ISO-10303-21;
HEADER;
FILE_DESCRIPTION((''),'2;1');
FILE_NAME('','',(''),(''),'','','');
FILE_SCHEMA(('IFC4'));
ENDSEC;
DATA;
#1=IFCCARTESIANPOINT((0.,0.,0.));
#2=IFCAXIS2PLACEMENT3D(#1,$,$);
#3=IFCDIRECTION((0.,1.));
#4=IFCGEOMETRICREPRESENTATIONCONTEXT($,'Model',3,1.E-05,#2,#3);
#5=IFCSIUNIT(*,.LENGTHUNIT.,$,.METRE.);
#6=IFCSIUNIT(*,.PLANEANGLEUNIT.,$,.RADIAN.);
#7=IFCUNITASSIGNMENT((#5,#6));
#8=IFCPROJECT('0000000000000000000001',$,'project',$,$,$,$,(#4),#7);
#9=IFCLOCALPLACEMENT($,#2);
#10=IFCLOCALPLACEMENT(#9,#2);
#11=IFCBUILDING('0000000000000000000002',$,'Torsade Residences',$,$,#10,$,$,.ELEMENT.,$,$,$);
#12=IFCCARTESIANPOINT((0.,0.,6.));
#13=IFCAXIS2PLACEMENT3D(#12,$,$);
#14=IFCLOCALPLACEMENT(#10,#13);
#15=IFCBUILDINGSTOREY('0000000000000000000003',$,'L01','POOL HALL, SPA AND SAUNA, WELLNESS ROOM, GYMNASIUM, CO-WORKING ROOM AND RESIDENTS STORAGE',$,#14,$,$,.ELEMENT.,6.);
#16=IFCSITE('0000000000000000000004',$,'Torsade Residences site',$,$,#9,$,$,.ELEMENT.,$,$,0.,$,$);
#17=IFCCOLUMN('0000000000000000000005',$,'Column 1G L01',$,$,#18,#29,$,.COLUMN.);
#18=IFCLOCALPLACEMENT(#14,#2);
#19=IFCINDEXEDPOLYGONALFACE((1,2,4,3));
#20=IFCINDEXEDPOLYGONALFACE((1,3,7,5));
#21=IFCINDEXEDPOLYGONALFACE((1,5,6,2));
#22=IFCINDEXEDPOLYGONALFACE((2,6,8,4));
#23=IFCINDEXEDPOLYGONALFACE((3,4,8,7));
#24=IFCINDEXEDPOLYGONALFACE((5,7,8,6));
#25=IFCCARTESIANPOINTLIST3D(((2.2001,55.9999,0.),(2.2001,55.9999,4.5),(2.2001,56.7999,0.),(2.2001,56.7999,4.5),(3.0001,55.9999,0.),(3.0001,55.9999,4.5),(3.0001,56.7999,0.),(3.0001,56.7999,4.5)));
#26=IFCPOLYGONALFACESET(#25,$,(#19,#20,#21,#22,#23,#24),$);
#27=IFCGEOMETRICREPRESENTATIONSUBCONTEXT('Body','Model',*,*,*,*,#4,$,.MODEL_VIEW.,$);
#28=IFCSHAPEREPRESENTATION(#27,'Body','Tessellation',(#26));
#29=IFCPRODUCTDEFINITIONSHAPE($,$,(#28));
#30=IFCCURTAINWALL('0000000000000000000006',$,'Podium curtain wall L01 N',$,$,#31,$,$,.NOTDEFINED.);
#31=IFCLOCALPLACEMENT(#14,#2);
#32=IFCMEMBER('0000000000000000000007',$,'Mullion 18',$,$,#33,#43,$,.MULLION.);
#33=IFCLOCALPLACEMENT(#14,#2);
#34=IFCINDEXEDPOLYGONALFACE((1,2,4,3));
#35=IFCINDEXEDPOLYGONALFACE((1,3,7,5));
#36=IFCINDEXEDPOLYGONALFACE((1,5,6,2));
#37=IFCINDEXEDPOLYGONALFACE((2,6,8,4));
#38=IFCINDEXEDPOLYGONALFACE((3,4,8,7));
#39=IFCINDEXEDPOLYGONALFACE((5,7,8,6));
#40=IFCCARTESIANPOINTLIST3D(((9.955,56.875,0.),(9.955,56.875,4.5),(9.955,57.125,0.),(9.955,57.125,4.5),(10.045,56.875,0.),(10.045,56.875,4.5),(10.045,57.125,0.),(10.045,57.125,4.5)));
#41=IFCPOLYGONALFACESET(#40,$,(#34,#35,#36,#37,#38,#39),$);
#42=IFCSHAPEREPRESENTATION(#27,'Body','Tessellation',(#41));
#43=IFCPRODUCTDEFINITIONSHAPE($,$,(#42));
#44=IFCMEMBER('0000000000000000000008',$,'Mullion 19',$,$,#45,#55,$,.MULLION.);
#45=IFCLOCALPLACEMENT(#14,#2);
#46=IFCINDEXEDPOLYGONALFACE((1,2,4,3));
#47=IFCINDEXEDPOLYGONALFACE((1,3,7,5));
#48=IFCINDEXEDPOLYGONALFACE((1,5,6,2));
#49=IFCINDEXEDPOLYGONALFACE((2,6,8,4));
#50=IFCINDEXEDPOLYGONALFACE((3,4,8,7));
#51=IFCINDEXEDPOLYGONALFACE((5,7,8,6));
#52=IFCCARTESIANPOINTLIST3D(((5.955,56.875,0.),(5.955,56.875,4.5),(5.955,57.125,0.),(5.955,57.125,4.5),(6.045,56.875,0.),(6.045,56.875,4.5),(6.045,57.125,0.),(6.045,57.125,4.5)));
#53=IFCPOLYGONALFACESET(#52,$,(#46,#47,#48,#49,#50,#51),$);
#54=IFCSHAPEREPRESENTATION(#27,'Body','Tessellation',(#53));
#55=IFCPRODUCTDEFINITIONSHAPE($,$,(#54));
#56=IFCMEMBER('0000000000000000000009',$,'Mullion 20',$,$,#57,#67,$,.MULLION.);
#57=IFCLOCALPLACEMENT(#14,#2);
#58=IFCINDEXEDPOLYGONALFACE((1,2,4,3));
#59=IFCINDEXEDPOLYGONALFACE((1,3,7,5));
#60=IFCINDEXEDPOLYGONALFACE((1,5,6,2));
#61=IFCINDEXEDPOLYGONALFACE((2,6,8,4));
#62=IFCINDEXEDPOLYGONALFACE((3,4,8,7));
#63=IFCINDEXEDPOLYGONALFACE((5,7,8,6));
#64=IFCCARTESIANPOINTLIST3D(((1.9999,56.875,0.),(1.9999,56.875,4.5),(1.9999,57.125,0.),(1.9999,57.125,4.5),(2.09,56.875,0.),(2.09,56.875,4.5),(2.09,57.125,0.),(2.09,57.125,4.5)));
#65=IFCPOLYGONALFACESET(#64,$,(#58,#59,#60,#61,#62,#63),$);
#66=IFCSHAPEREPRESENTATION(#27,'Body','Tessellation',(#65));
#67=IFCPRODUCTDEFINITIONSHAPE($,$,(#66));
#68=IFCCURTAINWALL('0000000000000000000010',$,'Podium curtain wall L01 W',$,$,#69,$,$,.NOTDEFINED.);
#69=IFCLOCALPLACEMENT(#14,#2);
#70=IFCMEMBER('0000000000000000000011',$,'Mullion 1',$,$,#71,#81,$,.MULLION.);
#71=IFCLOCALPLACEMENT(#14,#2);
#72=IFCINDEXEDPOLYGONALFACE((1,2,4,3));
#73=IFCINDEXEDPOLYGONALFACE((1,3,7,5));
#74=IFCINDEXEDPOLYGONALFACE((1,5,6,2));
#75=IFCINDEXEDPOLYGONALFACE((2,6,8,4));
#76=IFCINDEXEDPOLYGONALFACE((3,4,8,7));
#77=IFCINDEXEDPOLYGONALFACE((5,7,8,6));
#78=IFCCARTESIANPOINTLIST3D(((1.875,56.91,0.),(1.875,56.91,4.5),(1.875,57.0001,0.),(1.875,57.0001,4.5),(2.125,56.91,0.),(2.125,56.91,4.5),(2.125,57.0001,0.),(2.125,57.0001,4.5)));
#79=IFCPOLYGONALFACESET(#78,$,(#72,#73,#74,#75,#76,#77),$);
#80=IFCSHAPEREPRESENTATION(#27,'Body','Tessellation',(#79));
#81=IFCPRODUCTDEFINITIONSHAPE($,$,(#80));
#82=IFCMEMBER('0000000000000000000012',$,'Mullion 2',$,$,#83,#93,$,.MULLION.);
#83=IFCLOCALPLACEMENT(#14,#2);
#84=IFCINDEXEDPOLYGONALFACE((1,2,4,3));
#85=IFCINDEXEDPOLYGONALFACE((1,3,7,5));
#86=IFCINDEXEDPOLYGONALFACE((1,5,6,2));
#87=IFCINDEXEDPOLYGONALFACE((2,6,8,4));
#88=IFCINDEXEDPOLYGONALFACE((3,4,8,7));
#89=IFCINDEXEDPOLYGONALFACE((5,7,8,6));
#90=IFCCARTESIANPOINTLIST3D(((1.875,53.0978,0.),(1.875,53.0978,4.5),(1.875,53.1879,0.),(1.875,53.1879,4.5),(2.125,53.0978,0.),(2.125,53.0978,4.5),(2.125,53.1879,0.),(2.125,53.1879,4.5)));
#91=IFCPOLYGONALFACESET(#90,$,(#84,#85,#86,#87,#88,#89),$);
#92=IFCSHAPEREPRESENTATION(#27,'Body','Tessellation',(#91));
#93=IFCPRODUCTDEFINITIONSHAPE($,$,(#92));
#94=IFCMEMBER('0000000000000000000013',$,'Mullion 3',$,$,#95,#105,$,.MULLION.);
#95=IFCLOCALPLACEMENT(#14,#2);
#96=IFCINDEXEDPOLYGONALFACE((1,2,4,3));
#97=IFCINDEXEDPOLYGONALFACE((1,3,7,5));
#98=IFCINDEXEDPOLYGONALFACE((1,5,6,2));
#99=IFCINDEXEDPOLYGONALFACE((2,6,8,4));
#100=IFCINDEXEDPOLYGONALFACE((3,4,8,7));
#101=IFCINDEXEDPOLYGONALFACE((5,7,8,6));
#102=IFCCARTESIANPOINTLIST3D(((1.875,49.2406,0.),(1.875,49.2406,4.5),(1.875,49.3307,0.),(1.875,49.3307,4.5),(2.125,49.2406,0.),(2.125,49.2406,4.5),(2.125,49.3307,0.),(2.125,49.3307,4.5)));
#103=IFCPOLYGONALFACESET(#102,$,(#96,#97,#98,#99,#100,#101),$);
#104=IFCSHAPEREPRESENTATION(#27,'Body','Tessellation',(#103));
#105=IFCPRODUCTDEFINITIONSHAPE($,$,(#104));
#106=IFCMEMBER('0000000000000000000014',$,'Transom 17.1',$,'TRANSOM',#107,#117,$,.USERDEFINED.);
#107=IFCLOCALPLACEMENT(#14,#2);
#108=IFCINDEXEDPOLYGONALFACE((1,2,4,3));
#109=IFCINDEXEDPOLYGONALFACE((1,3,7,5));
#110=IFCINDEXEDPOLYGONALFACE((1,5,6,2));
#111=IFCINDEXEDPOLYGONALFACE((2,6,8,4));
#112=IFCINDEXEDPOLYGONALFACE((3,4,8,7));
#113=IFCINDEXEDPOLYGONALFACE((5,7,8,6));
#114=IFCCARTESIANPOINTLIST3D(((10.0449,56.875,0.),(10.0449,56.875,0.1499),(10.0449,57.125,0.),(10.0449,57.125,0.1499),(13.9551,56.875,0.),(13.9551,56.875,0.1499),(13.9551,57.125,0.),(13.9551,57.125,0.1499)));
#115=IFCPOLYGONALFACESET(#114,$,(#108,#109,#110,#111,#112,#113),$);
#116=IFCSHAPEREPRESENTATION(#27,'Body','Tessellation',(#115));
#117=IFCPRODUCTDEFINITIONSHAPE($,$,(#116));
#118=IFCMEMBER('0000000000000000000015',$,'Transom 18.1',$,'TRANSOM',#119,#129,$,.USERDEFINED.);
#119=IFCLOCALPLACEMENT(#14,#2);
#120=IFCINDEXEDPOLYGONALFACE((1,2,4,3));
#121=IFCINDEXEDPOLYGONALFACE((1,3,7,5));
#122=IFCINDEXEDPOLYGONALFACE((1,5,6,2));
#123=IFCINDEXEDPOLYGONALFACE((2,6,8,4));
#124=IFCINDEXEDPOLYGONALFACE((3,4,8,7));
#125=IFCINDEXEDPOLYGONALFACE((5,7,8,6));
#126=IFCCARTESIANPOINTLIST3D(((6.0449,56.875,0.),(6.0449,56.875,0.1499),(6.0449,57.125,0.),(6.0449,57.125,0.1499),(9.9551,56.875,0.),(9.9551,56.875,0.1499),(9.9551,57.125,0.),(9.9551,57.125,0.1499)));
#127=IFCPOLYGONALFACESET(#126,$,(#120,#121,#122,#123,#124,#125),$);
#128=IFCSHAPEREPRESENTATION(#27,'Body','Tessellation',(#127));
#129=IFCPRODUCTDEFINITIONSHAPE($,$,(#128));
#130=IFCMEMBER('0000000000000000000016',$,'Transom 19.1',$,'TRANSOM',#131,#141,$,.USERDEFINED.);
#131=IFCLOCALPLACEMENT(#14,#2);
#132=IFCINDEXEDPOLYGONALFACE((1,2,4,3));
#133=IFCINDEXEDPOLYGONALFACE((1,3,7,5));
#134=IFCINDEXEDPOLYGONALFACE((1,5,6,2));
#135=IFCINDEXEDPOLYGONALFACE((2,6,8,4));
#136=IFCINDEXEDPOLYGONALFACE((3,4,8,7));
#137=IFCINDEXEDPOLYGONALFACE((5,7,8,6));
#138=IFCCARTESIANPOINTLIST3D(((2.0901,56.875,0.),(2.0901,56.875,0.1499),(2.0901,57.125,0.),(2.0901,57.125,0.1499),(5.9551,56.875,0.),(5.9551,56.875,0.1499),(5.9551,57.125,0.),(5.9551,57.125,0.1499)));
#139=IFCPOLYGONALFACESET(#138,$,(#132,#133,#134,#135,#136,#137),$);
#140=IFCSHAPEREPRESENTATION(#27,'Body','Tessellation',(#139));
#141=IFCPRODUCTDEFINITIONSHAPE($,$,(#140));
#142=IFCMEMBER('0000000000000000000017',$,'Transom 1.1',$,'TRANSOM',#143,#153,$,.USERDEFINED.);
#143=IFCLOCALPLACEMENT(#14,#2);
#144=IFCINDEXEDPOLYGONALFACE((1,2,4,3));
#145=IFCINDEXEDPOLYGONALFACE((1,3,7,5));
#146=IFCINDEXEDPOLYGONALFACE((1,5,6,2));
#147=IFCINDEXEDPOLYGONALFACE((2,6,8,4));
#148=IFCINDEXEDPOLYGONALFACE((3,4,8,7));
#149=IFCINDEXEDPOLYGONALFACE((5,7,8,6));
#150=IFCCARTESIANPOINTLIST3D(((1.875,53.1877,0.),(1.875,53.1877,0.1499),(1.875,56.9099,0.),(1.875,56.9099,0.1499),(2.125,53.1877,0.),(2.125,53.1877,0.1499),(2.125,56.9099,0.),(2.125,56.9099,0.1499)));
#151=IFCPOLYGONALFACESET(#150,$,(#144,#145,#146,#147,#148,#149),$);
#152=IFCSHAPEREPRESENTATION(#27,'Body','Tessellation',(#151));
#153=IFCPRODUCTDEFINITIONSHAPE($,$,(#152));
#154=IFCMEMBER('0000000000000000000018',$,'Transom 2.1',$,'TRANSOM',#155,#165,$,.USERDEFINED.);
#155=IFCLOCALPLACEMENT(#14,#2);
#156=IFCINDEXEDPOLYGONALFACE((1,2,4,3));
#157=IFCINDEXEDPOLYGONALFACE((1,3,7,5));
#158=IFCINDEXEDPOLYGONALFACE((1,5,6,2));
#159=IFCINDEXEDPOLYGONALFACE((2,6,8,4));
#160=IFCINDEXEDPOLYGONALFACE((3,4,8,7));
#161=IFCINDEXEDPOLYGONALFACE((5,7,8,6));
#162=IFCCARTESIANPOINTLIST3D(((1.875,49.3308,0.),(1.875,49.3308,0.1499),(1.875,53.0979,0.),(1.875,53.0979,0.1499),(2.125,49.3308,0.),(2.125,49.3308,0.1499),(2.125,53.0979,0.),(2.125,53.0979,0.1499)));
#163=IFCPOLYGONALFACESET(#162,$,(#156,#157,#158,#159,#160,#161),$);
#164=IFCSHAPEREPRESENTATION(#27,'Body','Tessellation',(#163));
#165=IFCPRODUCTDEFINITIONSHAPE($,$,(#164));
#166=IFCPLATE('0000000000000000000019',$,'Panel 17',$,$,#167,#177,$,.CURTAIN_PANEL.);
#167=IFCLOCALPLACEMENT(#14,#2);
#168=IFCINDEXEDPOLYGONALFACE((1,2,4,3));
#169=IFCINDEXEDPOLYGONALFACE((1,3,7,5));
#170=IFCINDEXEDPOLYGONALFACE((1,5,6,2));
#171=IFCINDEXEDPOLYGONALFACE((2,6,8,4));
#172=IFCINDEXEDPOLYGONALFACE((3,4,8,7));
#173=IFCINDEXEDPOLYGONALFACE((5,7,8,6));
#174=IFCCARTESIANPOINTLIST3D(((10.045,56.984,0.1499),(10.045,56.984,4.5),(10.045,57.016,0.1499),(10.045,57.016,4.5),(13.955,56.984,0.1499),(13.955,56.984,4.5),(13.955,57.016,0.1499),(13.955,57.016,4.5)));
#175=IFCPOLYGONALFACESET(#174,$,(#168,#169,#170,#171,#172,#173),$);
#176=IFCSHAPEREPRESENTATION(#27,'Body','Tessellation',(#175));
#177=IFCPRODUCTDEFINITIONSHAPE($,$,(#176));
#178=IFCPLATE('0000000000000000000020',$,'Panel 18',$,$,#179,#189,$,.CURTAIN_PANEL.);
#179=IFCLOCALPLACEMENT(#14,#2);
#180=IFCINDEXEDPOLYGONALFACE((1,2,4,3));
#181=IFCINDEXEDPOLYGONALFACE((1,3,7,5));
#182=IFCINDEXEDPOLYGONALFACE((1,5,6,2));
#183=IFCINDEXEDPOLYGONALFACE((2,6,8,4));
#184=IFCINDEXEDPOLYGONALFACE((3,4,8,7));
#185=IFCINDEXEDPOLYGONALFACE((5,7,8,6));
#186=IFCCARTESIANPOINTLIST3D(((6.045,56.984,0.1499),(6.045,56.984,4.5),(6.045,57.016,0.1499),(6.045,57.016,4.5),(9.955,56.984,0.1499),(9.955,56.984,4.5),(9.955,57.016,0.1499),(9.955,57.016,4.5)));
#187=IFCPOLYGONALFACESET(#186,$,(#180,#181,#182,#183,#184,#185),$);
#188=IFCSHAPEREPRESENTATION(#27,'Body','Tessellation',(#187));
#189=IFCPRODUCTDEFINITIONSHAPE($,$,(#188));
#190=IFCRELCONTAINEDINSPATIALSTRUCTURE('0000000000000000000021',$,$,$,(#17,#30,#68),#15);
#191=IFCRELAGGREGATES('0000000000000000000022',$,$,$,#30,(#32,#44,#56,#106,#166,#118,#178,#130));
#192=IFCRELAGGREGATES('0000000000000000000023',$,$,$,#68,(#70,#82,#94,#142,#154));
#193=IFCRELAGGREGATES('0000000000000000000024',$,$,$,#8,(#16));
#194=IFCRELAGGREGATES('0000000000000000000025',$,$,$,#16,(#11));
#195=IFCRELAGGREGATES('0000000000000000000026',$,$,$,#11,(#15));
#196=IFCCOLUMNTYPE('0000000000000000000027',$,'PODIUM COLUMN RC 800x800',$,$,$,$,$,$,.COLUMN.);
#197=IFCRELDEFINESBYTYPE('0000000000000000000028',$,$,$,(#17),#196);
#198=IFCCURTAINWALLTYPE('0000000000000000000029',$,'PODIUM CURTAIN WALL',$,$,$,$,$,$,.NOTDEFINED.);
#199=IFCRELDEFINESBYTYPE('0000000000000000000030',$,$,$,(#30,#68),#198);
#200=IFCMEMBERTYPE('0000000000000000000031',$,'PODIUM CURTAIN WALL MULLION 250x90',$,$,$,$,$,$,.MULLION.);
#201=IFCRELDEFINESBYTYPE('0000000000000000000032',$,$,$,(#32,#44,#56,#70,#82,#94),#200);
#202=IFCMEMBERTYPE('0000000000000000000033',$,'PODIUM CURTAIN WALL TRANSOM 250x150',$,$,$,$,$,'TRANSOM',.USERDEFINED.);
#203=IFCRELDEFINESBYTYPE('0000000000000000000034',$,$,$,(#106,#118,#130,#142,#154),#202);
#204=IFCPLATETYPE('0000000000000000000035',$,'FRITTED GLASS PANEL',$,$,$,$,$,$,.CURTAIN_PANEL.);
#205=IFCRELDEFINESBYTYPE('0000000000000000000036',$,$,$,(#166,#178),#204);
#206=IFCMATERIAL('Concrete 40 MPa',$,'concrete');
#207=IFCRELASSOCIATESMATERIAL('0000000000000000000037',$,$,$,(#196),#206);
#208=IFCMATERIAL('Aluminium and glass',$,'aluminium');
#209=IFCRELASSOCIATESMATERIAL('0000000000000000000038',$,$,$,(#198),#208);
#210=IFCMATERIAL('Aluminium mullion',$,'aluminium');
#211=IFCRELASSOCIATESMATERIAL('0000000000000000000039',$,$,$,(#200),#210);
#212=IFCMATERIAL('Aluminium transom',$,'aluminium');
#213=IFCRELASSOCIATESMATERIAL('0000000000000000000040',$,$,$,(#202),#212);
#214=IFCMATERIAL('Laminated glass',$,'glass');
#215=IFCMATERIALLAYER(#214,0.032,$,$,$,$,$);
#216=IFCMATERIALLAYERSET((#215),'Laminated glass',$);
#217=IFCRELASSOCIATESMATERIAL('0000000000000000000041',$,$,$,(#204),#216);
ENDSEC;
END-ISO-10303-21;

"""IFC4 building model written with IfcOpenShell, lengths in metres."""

from ifc_helpers import new_model, si_unit, direction, frame, origin, origin_2d, place, context, subcontext, project, spatial, rectangle, extrude, material, layer, layer_set, material_profile, profile_set, type_object, element, aggregate, save


model = new_model("IFC4")

# Units and contexts
model_context = context("Model", 3, precision=1e-05, world=origin(), true_north=direction((0.0, 1.0)))
body_context = subcontext(model_context, "Body", "Model", "MODEL_VIEW")
ifc_project = project(units=[si_unit("LENGTHUNIT", "METRE"), si_unit("PLANEANGLEUNIT", "RADIAN")], contexts=[model_context])

# Site, building, storey
site_placement = place(None, origin())
site = spatial("IfcSite", under=ifc_project, at=site_placement, Name="Torsade Residences site", CompositionType="ELEMENT", RefElevation=0.0)
building_placement = place(site_placement, origin())
building = spatial("IfcBuilding", under=site, at=building_placement, Name="Torsade Residences", CompositionType="ELEMENT")
storey_placement = place(building_placement, frame((0.0, 0.0, 6.0)))
storey = spatial("IfcBuildingStorey", under=building, at=storey_placement, Name="L01", Description="POOL HALL, SPA AND SAUNA, WELLNESS ROOM, GYMNASIUM, CO-WORKING ROOM AND RESIDENTS STORAGE", CompositionType="ELEMENT", Elevation=6.0)

# Column
ifc_material_1 = material(Name="Concrete 40 MPa", Category="concrete")
ifc_material_profile_1 = material_profile(ifc_material_1, rectangle(XDim=0.8, YDim=0.8, at=origin_2d()), Name="RC 800x800")
ifc_profile_set_1 = profile_set([ifc_material_profile_1], Name="Concrete 40 MPa")
column_type = type_object("IfcColumnType", Name="PODIUM COLUMN RC 800x800", PredefinedType="COLUMN", material=ifc_profile_set_1)
column_placement = place(storey_placement, frame((2.6001, 56.3999, 0.0), z_axis=(0.0, 0.0, 1.0), x_axis=(1.0, 0.0, 0.0)))
element("IfcColumn", 1, at=column_placement, inside=storey, type_object=column_type, Name="Column 1G L01", PredefinedType="COLUMN", context=body_context, shape_type="SweptSolid", body=[
    extrude(rectangle(XDim=0.8, YDim=0.8, at=origin_2d()), origin(), (0.0, 0.0, 1.0), 4.5),
])

# Curtain walls, members
ifc_material_2 = material(Name="Aluminium and glass", Category="aluminium")
curtain_wall_type = type_object("IfcCurtainWallType", Name="PODIUM CURTAIN WALL", PredefinedType="NOTDEFINED", material=ifc_material_2)
curtain_wall_1_placement = place(storey_placement, origin())
curtain_wall_1 = element("IfcCurtainWall", 2, at=curtain_wall_1_placement, inside=storey, type_object=curtain_wall_type, Name="Podium curtain wall L01 N", PredefinedType="NOTDEFINED")
ifc_material_3 = material(Name="Aluminium mullion", Category="aluminium")
ifc_material_profile_2 = material_profile(ifc_material_3, rectangle(XDim=0.25, YDim=0.0901, at=origin_2d()), Name="PODIUM CURTAIN WALL MULLION 250x90")
ifc_profile_set_2 = profile_set([ifc_material_profile_2], Name="Aluminium mullion")
member_type_1 = type_object("IfcMemberType", Name="PODIUM CURTAIN WALL MULLION 250x90", PredefinedType="MULLION", material=ifc_profile_set_2)
member_1_placement = place(storey_placement, frame((10.0, 57.0, 0.0), z_axis=(0.0, 0.0, 1.0), x_axis=(0.0, -1.0, 0.0)))
member_1 = element("IfcMember", 3, at=member_1_placement, type_object=member_type_1, Name="Mullion 18", PredefinedType="MULLION", context=body_context, shape_type="SweptSolid", body=[
    extrude(rectangle(XDim=0.25, YDim=0.0901, at=origin_2d()), origin(), (0.0, 0.0, 1.0), 4.5),
])
member_2_placement = place(storey_placement, frame((6.0, 57.0, 0.0), z_axis=(0.0, 0.0, 1.0), x_axis=(0.0, -1.0, 0.0)))
member_2 = element("IfcMember", 4, at=member_2_placement, type_object=member_type_1, Name="Mullion 19", PredefinedType="MULLION", context=body_context, shape_type="SweptSolid", body=[
    extrude(rectangle(XDim=0.25, YDim=0.0901, at=origin_2d()), origin(), (0.0, 0.0, 1.0), 4.5),
])
member_3_placement = place(storey_placement, frame((2.0449, 57.0, 0.0), z_axis=(0.0, 0.0, 1.0), x_axis=(0.0, -1.0, 0.0)))
member_3 = element("IfcMember", 5, at=member_3_placement, type_object=member_type_1, Name="Mullion 20", PredefinedType="MULLION", context=body_context, shape_type="SweptSolid", body=[
    extrude(rectangle(XDim=0.25, YDim=0.0901, at=origin_2d()), origin(), (0.0, 0.0, 1.0), 4.5),
])
curtain_wall_2_placement = place(storey_placement, origin())
curtain_wall_2 = element("IfcCurtainWall", 6, at=curtain_wall_2_placement, inside=storey, type_object=curtain_wall_type, Name="Podium curtain wall L01 W", PredefinedType="NOTDEFINED")
member_4_placement = place(storey_placement, frame((2.0, 56.9551, 0.0), z_axis=(0.0, 0.0, 1.0), x_axis=(1.0, 0.0, 0.0)))
member_4 = element("IfcMember", 7, at=member_4_placement, type_object=member_type_1, Name="Mullion 1", PredefinedType="MULLION", context=body_context, shape_type="SweptSolid", body=[
    extrude(rectangle(XDim=0.25, YDim=0.0901, at=origin_2d()), origin(), (0.0, 0.0, 1.0), 4.5),
])
member_5_placement = place(storey_placement, frame((2.0, 53.1428, 0.0), z_axis=(0.0, 0.0, 1.0), x_axis=(1.0, 0.0, 0.0)))
member_5 = element("IfcMember", 8, at=member_5_placement, type_object=member_type_1, Name="Mullion 2", PredefinedType="MULLION", context=body_context, shape_type="SweptSolid", body=[
    extrude(rectangle(XDim=0.25, YDim=0.0901, at=origin_2d()), origin(), (0.0, 0.0, 1.0), 4.5),
])
member_6_placement = place(storey_placement, frame((2.0, 49.2856, 0.0), z_axis=(0.0, 0.0, 1.0), x_axis=(1.0, 0.0, 0.0)))
member_6 = element("IfcMember", 9, at=member_6_placement, type_object=member_type_1, Name="Mullion 3", PredefinedType="MULLION", context=body_context, shape_type="SweptSolid", body=[
    extrude(rectangle(XDim=0.25, YDim=0.0901, at=origin_2d()), origin(), (0.0, 0.0, 1.0), 4.5),
])

# Members
ifc_material_4 = material(Name="Aluminium transom", Category="aluminium")
ifc_material_profile_3 = material_profile(ifc_material_4, rectangle(XDim=0.25, YDim=0.1499, at=origin_2d()), Name="PODIUM CURTAIN WALL TRANSOM 250x150")
ifc_profile_set_3 = profile_set([ifc_material_profile_3], Name="Aluminium transom")
member_type_2 = type_object("IfcMemberType", Name="PODIUM CURTAIN WALL TRANSOM 250x150", ElementType="TRANSOM", PredefinedType="USERDEFINED", material=ifc_profile_set_3)
member_7_placement = place(storey_placement, frame((13.9551, 57.0, 0.075), z_axis=(-1.0, 0.0, 0.0), x_axis=(0.0, -1.0, 0.0)))
member_7 = element("IfcMember", 10, at=member_7_placement, type_object=member_type_2, Name="Transom 17.1", ObjectType="TRANSOM", PredefinedType="USERDEFINED", context=body_context, shape_type="SweptSolid", body=[
    extrude(rectangle(XDim=0.25, YDim=0.1499, at=origin_2d()), origin(), (0.0, 0.0, 1.0), 3.9102),
])
member_8_placement = place(storey_placement, frame((9.9551, 57.0, 0.075), z_axis=(-1.0, 0.0, 0.0), x_axis=(0.0, -1.0, 0.0)))
member_8 = element("IfcMember", 11, at=member_8_placement, type_object=member_type_2, Name="Transom 18.1", ObjectType="TRANSOM", PredefinedType="USERDEFINED", context=body_context, shape_type="SweptSolid", body=[
    extrude(rectangle(XDim=0.25, YDim=0.1499, at=origin_2d()), origin(), (0.0, 0.0, 1.0), 3.9102),
])
member_9_placement = place(storey_placement, frame((5.9551, 57.0, 0.075), z_axis=(-1.0, 0.0, 0.0), x_axis=(0.0, -1.0, 0.0)))
member_9 = element("IfcMember", 12, at=member_9_placement, type_object=member_type_2, Name="Transom 19.1", ObjectType="TRANSOM", PredefinedType="USERDEFINED", context=body_context, shape_type="SweptSolid", body=[
    extrude(rectangle(XDim=0.25, YDim=0.1499, at=origin_2d()), origin(), (0.0, 0.0, 1.0), 3.865),
])
member_10_placement = place(storey_placement, frame((2.0, 56.9099, 0.075), z_axis=(0.0, -1.0, 0.0), x_axis=(1.0, 0.0, 0.0)))
member_10 = element("IfcMember", 13, at=member_10_placement, type_object=member_type_2, Name="Transom 1.1", ObjectType="TRANSOM", PredefinedType="USERDEFINED", context=body_context, shape_type="SweptSolid", body=[
    extrude(rectangle(XDim=0.25, YDim=0.1499, at=origin_2d()), origin(), (0.0, 0.0, 1.0), 3.7222),
])
member_11_placement = place(storey_placement, frame((2.0, 53.0979, 0.075), z_axis=(0.0, -1.0, 0.0), x_axis=(1.0, 0.0, 0.0)))
member_11 = element("IfcMember", 14, at=member_11_placement, type_object=member_type_2, Name="Transom 2.1", ObjectType="TRANSOM", PredefinedType="USERDEFINED", context=body_context, shape_type="SweptSolid", body=[
    extrude(rectangle(XDim=0.25, YDim=0.1499, at=origin_2d()), origin(), (0.0, 0.0, 1.0), 3.7671),
])

# Plates
ifc_material_5 = material(Name="Laminated glass", Category="glass")
ifc_layer_1 = layer(ifc_material_5, 0.032)
ifc_layer_set_1 = layer_set([ifc_layer_1], Name="Laminated glass")
plate_type_1 = type_object("IfcPlateType", Name="FRITTED GLASS PANEL", PredefinedType="CURTAIN_PANEL", material=ifc_layer_set_1)
plate_1_placement = place(storey_placement, frame((12.0, 57.0, 0.1499), z_axis=(0.0, 0.0, 1.0), x_axis=(-1.0, 0.0, 0.0)))
plate_1 = element("IfcPlate", 15, at=plate_1_placement, type_object=plate_type_1, Name="Panel 17", PredefinedType="CURTAIN_PANEL", context=body_context, shape_type="SweptSolid", body=[
    extrude(rectangle(XDim=3.9099, YDim=0.032, at=origin_2d()), origin(), (0.0, 0.0, 1.0), 4.3501),
])
plate_2_placement = place(storey_placement, frame((8.0, 57.0, 0.1499), z_axis=(0.0, 0.0, 1.0), x_axis=(-1.0, 0.0, 0.0)))
plate_2 = element("IfcPlate", 16, at=plate_2_placement, type_object=plate_type_1, Name="Panel 18", PredefinedType="CURTAIN_PANEL", context=body_context, shape_type="SweptSolid", body=[
    extrude(rectangle(XDim=3.9099, YDim=0.032, at=origin_2d()), origin(), (0.0, 0.0, 1.0), 4.3501),
])
aggregate(curtain_wall_1, [member_1, member_2, member_3, member_7, plate_1, member_8, plate_2, member_9])
aggregate(curtain_wall_2, [member_4, member_5, member_6, member_10, member_11])

save(model, "model.ifc")
